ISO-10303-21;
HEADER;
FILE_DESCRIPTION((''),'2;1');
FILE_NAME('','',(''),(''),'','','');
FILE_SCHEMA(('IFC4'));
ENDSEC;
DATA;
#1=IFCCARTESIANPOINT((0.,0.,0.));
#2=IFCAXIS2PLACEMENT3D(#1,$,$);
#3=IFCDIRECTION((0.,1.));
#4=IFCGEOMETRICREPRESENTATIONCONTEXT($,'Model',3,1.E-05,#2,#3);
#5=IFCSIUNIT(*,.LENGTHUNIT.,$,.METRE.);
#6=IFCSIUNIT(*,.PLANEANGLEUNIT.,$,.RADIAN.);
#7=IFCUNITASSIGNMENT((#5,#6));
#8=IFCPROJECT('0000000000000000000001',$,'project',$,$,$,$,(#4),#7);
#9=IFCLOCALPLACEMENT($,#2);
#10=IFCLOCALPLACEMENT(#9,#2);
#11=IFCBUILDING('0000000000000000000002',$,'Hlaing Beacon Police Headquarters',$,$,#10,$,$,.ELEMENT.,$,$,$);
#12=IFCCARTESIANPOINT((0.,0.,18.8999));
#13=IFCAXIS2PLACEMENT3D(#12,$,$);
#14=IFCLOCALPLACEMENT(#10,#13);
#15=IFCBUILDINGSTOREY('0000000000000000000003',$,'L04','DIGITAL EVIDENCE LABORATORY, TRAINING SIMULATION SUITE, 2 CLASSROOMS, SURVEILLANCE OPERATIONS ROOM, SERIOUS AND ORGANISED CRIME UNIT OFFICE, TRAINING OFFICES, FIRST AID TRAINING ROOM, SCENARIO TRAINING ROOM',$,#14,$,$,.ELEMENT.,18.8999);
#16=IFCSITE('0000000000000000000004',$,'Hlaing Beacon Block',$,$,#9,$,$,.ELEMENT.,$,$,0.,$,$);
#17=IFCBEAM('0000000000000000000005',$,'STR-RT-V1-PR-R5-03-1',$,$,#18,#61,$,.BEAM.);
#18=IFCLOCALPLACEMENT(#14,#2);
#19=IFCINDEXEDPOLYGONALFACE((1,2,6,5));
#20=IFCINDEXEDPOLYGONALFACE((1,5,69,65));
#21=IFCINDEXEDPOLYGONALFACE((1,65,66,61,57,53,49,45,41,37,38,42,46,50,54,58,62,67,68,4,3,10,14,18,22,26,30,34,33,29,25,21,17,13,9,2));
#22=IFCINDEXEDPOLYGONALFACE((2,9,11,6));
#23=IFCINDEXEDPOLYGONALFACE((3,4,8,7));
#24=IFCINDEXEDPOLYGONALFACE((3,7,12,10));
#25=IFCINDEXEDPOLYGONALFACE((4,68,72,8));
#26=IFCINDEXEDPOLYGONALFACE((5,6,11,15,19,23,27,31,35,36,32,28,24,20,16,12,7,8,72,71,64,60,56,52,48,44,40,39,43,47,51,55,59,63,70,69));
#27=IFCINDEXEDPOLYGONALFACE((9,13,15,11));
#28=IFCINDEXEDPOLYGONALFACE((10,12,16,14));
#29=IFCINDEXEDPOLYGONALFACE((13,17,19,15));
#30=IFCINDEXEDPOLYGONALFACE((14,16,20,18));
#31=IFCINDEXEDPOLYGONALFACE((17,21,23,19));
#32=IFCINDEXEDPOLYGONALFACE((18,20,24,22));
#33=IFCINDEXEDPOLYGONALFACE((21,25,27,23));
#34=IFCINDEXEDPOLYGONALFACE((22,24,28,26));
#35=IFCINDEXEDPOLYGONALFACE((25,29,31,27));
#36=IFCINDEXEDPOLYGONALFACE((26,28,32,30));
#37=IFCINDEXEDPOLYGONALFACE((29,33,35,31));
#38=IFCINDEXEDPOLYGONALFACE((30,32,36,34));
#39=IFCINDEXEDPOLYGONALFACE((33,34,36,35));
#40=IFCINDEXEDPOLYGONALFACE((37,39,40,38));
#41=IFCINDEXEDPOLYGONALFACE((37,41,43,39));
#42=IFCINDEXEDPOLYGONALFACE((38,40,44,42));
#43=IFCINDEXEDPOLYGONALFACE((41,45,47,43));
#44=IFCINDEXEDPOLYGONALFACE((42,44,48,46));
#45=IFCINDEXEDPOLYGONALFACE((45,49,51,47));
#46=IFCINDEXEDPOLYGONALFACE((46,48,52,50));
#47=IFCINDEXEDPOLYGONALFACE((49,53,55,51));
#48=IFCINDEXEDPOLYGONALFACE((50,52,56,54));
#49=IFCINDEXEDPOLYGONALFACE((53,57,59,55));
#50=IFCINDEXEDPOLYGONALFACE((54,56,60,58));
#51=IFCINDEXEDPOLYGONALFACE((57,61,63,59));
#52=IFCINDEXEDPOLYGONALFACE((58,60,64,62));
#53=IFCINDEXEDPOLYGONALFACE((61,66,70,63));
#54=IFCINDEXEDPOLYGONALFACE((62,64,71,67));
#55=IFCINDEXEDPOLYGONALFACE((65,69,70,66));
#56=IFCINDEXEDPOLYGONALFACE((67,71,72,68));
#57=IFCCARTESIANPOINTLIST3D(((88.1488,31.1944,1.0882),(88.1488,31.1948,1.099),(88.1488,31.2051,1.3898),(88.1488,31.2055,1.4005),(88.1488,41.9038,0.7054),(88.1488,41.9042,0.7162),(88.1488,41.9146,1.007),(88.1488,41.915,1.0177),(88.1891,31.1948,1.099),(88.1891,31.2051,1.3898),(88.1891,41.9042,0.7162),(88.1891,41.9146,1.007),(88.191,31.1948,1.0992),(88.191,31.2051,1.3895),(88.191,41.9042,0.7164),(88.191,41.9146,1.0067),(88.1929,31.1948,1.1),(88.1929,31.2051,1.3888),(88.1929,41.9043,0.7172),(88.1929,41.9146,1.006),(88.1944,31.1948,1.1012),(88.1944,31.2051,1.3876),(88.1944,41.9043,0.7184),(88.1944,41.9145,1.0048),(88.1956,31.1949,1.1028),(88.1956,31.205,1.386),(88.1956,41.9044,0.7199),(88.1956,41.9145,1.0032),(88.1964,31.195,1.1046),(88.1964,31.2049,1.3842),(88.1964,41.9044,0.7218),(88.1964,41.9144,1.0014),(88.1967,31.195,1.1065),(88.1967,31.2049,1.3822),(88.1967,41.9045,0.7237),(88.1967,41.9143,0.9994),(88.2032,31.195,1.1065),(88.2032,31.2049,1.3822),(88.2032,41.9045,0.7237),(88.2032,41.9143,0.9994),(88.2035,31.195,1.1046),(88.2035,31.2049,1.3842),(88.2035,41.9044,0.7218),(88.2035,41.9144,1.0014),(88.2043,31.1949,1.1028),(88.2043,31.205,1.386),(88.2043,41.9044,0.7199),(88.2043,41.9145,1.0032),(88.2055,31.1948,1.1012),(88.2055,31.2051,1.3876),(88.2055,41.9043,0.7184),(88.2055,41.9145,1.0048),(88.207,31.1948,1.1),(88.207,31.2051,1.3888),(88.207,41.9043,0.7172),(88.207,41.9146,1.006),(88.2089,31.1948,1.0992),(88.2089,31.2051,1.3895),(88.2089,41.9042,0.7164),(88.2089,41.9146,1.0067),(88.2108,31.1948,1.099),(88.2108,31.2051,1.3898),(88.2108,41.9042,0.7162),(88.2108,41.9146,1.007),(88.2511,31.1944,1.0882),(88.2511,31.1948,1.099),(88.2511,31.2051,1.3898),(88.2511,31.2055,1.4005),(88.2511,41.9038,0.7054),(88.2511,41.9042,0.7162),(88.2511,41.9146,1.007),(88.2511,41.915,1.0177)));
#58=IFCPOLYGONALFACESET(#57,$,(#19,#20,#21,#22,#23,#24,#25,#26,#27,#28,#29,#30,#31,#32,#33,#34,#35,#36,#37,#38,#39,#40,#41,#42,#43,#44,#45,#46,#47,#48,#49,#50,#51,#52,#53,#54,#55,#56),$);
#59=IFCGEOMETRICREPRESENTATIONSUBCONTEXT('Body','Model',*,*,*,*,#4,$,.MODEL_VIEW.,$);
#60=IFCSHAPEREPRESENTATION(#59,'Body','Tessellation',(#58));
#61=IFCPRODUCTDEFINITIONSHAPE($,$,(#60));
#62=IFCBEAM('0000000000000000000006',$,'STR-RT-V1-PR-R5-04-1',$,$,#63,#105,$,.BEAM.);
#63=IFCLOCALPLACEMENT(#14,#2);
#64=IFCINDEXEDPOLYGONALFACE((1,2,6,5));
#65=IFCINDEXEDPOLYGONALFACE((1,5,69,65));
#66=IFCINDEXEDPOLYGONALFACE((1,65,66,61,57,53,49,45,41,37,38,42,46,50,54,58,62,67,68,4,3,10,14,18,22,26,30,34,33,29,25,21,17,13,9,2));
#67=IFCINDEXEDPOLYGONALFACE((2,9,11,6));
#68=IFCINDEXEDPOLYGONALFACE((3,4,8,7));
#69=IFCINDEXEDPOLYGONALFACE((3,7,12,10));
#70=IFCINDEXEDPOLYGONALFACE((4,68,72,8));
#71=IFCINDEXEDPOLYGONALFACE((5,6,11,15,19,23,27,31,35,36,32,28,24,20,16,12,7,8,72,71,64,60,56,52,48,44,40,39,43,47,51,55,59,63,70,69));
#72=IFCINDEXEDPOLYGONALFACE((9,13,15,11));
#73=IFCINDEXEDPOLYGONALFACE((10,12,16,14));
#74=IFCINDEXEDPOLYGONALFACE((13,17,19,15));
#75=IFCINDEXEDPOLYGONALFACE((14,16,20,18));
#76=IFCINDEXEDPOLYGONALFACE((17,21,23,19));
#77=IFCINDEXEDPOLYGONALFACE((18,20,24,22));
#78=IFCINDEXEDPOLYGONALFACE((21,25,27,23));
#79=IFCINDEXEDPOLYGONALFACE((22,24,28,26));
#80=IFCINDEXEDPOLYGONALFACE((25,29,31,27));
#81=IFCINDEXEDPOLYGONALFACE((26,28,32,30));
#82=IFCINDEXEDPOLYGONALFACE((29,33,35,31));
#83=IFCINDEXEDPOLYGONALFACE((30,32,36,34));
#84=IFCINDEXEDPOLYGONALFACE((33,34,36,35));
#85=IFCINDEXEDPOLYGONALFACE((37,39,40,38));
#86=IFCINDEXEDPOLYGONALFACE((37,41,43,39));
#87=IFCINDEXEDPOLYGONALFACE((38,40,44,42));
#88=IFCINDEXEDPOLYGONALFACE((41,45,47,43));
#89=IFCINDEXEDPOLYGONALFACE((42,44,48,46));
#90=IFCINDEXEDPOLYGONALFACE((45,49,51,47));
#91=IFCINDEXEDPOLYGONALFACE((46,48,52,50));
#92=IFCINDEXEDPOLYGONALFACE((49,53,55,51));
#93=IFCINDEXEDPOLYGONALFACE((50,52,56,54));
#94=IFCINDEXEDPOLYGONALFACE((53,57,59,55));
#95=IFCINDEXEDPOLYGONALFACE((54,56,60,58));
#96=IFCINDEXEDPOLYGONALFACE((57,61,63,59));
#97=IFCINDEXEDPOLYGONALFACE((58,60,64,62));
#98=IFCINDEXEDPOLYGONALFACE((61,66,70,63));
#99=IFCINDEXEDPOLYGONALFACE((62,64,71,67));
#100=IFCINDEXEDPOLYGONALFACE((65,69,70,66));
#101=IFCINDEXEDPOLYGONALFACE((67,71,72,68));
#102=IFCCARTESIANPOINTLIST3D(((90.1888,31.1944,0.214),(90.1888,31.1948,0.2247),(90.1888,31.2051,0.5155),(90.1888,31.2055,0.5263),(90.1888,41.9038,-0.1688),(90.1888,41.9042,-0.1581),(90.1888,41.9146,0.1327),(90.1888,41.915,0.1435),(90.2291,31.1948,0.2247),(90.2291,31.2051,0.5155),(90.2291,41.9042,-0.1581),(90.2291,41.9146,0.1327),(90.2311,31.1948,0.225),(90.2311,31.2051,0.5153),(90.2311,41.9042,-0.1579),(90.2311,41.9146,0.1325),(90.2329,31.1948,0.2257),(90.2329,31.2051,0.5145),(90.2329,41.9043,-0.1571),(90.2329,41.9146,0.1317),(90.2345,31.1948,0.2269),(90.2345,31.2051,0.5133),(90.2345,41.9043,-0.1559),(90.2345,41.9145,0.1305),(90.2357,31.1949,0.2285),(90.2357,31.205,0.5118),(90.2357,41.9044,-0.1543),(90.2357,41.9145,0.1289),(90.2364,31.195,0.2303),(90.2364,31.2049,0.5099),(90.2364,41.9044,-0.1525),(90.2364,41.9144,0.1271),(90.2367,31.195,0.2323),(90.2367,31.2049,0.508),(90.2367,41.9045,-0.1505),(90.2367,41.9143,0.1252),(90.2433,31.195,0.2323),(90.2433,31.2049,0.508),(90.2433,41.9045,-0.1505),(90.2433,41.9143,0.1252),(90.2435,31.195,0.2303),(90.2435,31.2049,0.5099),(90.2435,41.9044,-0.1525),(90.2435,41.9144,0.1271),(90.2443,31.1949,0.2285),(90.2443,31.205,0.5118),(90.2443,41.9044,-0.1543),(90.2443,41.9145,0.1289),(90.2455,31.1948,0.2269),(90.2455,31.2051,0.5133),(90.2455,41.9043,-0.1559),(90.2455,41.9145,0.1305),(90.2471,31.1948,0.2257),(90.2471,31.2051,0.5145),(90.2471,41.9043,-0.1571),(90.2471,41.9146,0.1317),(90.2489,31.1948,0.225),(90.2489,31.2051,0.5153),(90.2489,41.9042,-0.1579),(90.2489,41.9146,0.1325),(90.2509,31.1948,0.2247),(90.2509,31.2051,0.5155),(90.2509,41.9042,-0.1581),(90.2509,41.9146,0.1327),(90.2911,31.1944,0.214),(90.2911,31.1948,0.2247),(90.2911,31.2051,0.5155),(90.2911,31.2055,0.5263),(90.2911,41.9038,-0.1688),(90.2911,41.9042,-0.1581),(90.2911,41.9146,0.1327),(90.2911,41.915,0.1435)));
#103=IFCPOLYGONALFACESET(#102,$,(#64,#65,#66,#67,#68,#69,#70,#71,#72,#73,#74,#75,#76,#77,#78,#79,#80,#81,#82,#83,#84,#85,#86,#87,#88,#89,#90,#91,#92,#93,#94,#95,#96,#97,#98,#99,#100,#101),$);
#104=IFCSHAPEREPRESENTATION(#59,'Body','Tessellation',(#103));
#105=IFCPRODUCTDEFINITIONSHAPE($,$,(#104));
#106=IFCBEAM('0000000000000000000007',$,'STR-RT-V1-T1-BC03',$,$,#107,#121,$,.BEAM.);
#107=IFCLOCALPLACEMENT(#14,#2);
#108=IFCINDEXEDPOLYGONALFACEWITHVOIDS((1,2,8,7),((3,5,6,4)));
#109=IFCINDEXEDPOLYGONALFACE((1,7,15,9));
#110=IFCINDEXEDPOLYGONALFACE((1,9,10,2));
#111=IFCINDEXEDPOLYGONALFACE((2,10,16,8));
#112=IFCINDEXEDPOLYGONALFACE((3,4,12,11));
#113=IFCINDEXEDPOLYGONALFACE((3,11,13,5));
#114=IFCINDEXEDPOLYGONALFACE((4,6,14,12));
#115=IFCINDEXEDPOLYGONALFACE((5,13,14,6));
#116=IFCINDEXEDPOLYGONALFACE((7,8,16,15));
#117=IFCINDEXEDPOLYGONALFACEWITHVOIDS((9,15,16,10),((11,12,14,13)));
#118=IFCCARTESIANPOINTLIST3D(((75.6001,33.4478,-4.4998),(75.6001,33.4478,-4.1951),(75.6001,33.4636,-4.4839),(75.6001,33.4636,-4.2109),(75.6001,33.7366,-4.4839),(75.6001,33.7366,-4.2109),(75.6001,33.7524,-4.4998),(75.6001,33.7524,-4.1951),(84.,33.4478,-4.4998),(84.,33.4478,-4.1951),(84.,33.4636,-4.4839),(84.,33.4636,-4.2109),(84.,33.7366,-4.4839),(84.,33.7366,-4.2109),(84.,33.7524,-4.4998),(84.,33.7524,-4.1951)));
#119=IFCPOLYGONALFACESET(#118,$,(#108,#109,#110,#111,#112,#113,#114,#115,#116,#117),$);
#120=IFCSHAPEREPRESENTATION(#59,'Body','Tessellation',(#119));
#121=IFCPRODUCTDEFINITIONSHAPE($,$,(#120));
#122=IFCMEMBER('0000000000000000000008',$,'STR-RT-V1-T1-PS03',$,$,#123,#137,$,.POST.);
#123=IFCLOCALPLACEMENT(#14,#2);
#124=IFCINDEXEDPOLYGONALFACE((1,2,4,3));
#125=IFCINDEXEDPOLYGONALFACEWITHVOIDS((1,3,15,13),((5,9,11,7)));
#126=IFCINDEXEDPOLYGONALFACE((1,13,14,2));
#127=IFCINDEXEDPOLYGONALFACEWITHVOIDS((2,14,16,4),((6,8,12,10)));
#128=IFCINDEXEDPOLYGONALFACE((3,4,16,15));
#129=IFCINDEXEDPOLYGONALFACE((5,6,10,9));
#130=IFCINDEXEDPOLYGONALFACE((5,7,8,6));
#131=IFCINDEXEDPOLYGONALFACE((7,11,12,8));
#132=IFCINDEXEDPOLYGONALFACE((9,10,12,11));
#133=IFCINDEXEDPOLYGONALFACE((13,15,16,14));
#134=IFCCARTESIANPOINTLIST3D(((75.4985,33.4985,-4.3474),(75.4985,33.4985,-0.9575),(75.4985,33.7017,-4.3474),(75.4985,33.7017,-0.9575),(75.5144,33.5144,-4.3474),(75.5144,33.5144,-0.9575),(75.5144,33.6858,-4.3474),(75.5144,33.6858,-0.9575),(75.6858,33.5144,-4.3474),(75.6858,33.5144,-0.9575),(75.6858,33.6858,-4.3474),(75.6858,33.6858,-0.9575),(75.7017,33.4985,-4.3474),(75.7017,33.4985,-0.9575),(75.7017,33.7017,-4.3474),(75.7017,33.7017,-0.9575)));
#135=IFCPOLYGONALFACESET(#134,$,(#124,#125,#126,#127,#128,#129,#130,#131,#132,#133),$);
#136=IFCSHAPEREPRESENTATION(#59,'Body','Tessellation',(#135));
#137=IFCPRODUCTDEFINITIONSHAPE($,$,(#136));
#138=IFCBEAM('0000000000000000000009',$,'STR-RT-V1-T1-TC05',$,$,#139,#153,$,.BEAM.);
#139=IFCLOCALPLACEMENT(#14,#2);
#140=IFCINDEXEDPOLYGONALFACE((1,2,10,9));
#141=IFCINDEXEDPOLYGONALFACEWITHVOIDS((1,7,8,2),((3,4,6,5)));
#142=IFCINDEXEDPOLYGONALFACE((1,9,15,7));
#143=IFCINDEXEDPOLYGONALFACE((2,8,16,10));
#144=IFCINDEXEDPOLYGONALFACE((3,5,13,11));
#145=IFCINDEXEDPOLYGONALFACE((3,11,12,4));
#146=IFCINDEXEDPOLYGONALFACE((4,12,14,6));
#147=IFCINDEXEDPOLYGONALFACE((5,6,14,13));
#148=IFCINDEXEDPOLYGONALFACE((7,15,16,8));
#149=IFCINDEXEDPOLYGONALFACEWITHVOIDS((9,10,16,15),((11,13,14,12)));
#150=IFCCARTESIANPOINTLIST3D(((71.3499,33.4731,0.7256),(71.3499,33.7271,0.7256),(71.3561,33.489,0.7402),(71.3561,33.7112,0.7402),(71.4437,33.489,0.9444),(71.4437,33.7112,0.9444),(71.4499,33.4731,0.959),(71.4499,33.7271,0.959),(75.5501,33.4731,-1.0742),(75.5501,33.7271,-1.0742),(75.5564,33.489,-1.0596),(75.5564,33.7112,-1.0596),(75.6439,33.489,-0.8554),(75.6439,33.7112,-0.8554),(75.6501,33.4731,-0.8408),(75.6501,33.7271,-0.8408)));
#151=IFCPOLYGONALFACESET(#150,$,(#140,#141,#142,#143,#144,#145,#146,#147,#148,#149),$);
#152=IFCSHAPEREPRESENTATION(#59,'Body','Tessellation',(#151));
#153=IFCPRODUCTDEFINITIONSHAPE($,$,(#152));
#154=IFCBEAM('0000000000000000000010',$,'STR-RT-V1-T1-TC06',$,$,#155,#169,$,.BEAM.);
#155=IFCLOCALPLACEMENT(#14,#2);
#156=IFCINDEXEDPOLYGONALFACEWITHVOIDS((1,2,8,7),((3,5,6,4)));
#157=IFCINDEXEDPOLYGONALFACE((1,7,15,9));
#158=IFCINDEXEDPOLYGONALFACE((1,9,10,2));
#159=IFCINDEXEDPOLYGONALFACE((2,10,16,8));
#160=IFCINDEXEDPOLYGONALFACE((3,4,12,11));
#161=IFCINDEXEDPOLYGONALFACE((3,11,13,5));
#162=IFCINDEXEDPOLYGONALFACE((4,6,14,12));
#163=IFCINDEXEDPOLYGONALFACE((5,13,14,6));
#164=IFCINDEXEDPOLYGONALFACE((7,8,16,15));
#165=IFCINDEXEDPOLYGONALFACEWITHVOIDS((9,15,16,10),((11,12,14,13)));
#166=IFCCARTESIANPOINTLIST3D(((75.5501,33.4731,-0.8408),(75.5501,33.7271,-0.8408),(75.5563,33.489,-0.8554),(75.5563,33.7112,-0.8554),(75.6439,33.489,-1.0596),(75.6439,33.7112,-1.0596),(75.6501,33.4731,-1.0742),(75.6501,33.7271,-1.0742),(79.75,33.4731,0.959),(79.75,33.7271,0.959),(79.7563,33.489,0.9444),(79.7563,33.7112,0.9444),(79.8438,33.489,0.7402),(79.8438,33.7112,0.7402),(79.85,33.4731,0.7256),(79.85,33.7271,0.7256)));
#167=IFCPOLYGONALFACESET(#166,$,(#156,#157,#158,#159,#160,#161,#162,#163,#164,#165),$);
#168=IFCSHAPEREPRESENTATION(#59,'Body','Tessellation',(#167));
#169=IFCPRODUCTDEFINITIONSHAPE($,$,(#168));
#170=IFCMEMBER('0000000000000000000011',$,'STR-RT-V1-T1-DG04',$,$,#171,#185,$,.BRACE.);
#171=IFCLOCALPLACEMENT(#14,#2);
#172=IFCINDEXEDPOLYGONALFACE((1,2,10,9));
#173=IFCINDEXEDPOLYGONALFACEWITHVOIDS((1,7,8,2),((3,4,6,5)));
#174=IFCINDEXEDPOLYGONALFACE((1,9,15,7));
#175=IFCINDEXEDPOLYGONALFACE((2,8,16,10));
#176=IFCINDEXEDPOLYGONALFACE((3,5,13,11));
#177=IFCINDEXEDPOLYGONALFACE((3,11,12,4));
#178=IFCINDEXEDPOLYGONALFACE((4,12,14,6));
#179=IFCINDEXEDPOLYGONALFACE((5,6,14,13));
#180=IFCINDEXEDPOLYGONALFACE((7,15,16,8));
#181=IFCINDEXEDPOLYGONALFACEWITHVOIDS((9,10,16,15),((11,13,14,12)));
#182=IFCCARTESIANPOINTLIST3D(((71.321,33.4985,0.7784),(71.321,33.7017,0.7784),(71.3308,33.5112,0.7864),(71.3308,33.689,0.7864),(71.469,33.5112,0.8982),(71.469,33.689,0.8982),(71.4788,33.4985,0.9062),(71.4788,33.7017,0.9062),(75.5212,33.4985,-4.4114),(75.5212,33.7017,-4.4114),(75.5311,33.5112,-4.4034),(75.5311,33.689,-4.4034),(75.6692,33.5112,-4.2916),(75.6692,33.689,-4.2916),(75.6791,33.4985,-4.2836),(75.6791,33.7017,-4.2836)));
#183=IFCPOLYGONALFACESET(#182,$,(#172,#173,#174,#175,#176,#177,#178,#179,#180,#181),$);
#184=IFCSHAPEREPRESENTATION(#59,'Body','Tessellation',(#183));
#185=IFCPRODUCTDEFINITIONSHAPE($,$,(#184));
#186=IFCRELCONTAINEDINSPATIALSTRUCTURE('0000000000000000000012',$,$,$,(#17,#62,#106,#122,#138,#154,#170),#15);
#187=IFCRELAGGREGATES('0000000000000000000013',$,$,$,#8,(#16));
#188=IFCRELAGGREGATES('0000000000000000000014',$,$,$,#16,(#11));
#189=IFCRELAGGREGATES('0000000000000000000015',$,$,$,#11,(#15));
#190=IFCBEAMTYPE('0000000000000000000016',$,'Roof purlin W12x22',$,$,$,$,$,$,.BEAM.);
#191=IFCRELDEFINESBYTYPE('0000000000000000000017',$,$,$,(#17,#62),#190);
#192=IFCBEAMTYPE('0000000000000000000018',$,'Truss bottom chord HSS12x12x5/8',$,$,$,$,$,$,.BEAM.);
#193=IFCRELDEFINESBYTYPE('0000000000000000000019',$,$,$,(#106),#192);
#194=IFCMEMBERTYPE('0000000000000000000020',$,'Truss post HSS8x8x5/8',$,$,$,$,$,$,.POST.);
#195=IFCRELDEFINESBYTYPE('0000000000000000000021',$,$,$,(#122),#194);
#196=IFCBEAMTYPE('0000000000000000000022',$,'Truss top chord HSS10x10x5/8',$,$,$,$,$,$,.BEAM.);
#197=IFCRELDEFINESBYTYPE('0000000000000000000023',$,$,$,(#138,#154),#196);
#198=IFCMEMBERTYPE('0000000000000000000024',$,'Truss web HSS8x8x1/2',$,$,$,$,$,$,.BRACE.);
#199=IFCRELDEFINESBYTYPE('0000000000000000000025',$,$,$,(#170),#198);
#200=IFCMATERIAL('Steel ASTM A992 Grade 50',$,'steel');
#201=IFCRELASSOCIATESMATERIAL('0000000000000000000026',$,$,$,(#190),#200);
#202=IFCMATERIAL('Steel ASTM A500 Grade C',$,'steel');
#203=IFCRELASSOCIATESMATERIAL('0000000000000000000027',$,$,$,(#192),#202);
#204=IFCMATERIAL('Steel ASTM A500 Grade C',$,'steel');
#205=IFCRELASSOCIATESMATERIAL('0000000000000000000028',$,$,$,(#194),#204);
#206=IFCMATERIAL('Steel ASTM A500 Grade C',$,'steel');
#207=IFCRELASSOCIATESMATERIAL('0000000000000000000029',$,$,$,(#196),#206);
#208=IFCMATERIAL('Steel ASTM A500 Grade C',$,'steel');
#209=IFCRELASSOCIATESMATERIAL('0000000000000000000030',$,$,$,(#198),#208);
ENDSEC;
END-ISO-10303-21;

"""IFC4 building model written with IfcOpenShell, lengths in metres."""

from ifc_helpers import new_model, si_unit, direction, frame, origin, origin_2d, place, context, subcontext, project, spatial, hollow_rectangle, i_section, extrude, material, material_profile, profile_set, type_object, element, save


model = new_model("IFC4")

# Units and contexts
model_context = context("Model", 3, precision=1e-05, world=origin(), true_north=direction((0.0, 1.0)))
body_context = subcontext(model_context, "Body", "Model", "MODEL_VIEW")
ifc_project = project(units=[si_unit("LENGTHUNIT", "METRE"), si_unit("PLANEANGLEUNIT", "RADIAN")], contexts=[model_context])

# Site, building, storey
site_placement = place(None, origin())
site = spatial("IfcSite", under=ifc_project, at=site_placement, Name="Hlaing Beacon Block", CompositionType="ELEMENT", RefElevation=0.0)
building_placement = place(site_placement, origin())
building = spatial("IfcBuilding", under=site, at=building_placement, Name="Hlaing Beacon Police Headquarters", CompositionType="ELEMENT")
storey_placement = place(building_placement, frame((0.0, 0.0, 18.8999)))
storey = spatial("IfcBuildingStorey", under=building, at=storey_placement, Name="L04", Description="DIGITAL EVIDENCE LABORATORY, TRAINING SIMULATION SUITE, 2 CLASSROOMS, SURVEILLANCE OPERATIONS ROOM, SERIOUS AND ORGANISED CRIME UNIT OFFICE, TRAINING OFFICES, FIRST AID TRAINING ROOM, SCENARIO TRAINING ROOM", CompositionType="ELEMENT", Elevation=18.8999)

# Beams
ifc_material_1 = material(Name="Steel ASTM A992 Grade 50", Category="steel")
ifc_material_profile_1 = material_profile(ifc_material_1, i_section(OverallWidth=0.1023, OverallDepth=0.3125, WebThickness=0.0066, FlangeThickness=0.0107, FilletRadius=0.0076, at=origin_2d()), Name="W12x22")
ifc_profile_set_1 = profile_set([ifc_material_profile_1], Name="Steel ASTM A992 Grade 50")
beam_type_1 = type_object("IfcBeamType", Name="Roof purlin W12x22", PredefinedType="BEAM", material=ifc_profile_set_1)
for number, where, z_axis, x_axis, name in (
    (1, (88.2, 31.2, 1.2444), (0.0, 0.999362, -0.035722), (-1.0, 0.0, 0.0), "STR-RT-V1-PR-R5-03-1"),
    (2, (90.24, 31.2, 0.3701), (0.0, 0.999362, -0.035722), (-1.0, 0.0, 0.0), "STR-RT-V1-PR-R5-04-1"),
):
    element("IfcBeam", number, at=place(storey_placement, frame(where, z_axis=z_axis, x_axis=x_axis)), inside=storey, type_object=beam_type_1, Name=name, PredefinedType="BEAM", context=body_context, shape_type="SweptSolid", body=[
        extrude(i_section(OverallWidth=0.1023, OverallDepth=0.3125, WebThickness=0.0066, FlangeThickness=0.0107, FilletRadius=0.0076, at=origin_2d()), origin(), (0.0, 0.0, 1.0), 10.7163),
    ])
ifc_material_2 = material(Name="Steel ASTM A500 Grade C", Category="steel")
ifc_material_profile_2 = material_profile(ifc_material_2, hollow_rectangle(XDim=0.3047, YDim=0.3047, WallThickness=0.0159, at=origin_2d()), Name="HSS12x12x5/8")
ifc_profile_set_2 = profile_set([ifc_material_profile_2], Name="Steel ASTM A500 Grade C")
beam_type_2 = type_object("IfcBeamType", Name="Truss bottom chord HSS12x12x5/8", PredefinedType="BEAM", material=ifc_profile_set_2)
beam_1_placement = place(storey_placement, frame((75.6001, 33.6001, -4.3474), z_axis=(1.0, 0.0, 0.0), x_axis=(0.0, 1.0, 0.0)))
element("IfcBeam", 3, at=beam_1_placement, inside=storey, type_object=beam_type_2, Name="STR-RT-V1-T1-BC03", PredefinedType="BEAM", context=body_context, shape_type="SweptSolid", body=[
    extrude(hollow_rectangle(XDim=0.3047, YDim=0.3047, WallThickness=0.0159, at=origin_2d()), origin(), (0.0, 0.0, 1.0), 8.3999),
])

# Member
ifc_material_3 = material(Name="Steel ASTM A500 Grade C", Category="steel")
ifc_material_profile_3 = material_profile(ifc_material_3, hollow_rectangle(XDim=0.2031, YDim=0.2031, WallThickness=0.0159, at=origin_2d()), Name="HSS8x8x5/8")
ifc_profile_set_3 = profile_set([ifc_material_profile_3], Name="Steel ASTM A500 Grade C")
member_type_1 = type_object("IfcMemberType", Name="Truss post HSS8x8x5/8", PredefinedType="POST", material=ifc_profile_set_3)
member_1_placement = place(storey_placement, frame((75.6001, 33.6001, -4.3474), z_axis=(0.0, 0.0, 1.0), x_axis=(1.0, 0.0, 0.0)))
element("IfcMember", 4, at=member_1_placement, inside=storey, type_object=member_type_1, Name="STR-RT-V1-T1-PS03", PredefinedType="POST", context=body_context, shape_type="SweptSolid", body=[
    extrude(hollow_rectangle(XDim=0.2031, YDim=0.2031, WallThickness=0.0159, at=origin_2d()), origin(), (0.0, 0.0, 1.0), 3.3899),
])

# Beams
ifc_material_4 = material(Name="Steel ASTM A500 Grade C", Category="steel")
ifc_material_profile_4 = material_profile(ifc_material_4, hollow_rectangle(XDim=0.2539, YDim=0.2539, WallThickness=0.0159, at=origin_2d()), Name="HSS10x10x5/8")
ifc_profile_set_4 = profile_set([ifc_material_profile_4], Name="Steel ASTM A500 Grade C")
beam_type_3 = type_object("IfcBeamType", Name="Truss top chord HSS10x10x5/8", PredefinedType="BEAM", material=ifc_profile_set_4)
beam_2_placement = place(storey_placement, frame((71.3999, 33.6001, 0.8423), z_axis=(0.919167, 0.0, -0.393868), x_axis=(0.0, 1.0, 0.0)))
element("IfcBeam", 5, at=beam_2_placement, inside=storey, type_object=beam_type_3, Name="STR-RT-V1-T1-TC05", PredefinedType="BEAM", context=body_context, shape_type="SweptSolid", body=[
    extrude(hollow_rectangle(XDim=0.2539, YDim=0.2539, WallThickness=0.0159, at=origin_2d()), origin(), (0.0, 0.0, 1.0), 4.5696),
])
beam_3_placement = place(storey_placement, frame((75.6001, 33.6001, -0.9575), z_axis=(0.919159, 0.0, 0.393887), x_axis=(0.0, 1.0, 0.0)))
element("IfcBeam", 6, at=beam_3_placement, inside=storey, type_object=beam_type_3, Name="STR-RT-V1-T1-TC06", PredefinedType="BEAM", context=body_context, shape_type="SweptSolid", body=[
    extrude(hollow_rectangle(XDim=0.2539, YDim=0.2539, WallThickness=0.0159, at=origin_2d()), origin(), (0.0, 0.0, 1.0), 4.5693),
])

# Member
ifc_material_5 = material(Name="Steel ASTM A500 Grade C", Category="steel")
ifc_material_profile_5 = material_profile(ifc_material_5, hollow_rectangle(XDim=0.2031, YDim=0.2031, WallThickness=0.0127, at=origin_2d()), Name="HSS8x8x1/2")
ifc_profile_set_5 = profile_set([ifc_material_profile_5], Name="Steel ASTM A500 Grade C")
member_type_2 = type_object("IfcMemberType", Name="Truss web HSS8x8x1/2", PredefinedType="BRACE", material=ifc_profile_set_5)
member_2_placement = place(storey_placement, frame((71.3999, 33.6001, 0.8423), z_axis=(0.629109, 0.0, -0.777317), x_axis=(0.0, 1.0, 0.0)))
element("IfcMember", 7, at=member_2_placement, inside=storey, type_object=member_type_2, Name="STR-RT-V1-T1-DG04", PredefinedType="BRACE", context=body_context, shape_type="SweptSolid", body=[
    extrude(hollow_rectangle(XDim=0.2031, YDim=0.2031, WallThickness=0.0127, at=origin_2d()), origin(), (0.0, 0.0, 1.0), 6.6765),
])

save(model, "model.ifc")
